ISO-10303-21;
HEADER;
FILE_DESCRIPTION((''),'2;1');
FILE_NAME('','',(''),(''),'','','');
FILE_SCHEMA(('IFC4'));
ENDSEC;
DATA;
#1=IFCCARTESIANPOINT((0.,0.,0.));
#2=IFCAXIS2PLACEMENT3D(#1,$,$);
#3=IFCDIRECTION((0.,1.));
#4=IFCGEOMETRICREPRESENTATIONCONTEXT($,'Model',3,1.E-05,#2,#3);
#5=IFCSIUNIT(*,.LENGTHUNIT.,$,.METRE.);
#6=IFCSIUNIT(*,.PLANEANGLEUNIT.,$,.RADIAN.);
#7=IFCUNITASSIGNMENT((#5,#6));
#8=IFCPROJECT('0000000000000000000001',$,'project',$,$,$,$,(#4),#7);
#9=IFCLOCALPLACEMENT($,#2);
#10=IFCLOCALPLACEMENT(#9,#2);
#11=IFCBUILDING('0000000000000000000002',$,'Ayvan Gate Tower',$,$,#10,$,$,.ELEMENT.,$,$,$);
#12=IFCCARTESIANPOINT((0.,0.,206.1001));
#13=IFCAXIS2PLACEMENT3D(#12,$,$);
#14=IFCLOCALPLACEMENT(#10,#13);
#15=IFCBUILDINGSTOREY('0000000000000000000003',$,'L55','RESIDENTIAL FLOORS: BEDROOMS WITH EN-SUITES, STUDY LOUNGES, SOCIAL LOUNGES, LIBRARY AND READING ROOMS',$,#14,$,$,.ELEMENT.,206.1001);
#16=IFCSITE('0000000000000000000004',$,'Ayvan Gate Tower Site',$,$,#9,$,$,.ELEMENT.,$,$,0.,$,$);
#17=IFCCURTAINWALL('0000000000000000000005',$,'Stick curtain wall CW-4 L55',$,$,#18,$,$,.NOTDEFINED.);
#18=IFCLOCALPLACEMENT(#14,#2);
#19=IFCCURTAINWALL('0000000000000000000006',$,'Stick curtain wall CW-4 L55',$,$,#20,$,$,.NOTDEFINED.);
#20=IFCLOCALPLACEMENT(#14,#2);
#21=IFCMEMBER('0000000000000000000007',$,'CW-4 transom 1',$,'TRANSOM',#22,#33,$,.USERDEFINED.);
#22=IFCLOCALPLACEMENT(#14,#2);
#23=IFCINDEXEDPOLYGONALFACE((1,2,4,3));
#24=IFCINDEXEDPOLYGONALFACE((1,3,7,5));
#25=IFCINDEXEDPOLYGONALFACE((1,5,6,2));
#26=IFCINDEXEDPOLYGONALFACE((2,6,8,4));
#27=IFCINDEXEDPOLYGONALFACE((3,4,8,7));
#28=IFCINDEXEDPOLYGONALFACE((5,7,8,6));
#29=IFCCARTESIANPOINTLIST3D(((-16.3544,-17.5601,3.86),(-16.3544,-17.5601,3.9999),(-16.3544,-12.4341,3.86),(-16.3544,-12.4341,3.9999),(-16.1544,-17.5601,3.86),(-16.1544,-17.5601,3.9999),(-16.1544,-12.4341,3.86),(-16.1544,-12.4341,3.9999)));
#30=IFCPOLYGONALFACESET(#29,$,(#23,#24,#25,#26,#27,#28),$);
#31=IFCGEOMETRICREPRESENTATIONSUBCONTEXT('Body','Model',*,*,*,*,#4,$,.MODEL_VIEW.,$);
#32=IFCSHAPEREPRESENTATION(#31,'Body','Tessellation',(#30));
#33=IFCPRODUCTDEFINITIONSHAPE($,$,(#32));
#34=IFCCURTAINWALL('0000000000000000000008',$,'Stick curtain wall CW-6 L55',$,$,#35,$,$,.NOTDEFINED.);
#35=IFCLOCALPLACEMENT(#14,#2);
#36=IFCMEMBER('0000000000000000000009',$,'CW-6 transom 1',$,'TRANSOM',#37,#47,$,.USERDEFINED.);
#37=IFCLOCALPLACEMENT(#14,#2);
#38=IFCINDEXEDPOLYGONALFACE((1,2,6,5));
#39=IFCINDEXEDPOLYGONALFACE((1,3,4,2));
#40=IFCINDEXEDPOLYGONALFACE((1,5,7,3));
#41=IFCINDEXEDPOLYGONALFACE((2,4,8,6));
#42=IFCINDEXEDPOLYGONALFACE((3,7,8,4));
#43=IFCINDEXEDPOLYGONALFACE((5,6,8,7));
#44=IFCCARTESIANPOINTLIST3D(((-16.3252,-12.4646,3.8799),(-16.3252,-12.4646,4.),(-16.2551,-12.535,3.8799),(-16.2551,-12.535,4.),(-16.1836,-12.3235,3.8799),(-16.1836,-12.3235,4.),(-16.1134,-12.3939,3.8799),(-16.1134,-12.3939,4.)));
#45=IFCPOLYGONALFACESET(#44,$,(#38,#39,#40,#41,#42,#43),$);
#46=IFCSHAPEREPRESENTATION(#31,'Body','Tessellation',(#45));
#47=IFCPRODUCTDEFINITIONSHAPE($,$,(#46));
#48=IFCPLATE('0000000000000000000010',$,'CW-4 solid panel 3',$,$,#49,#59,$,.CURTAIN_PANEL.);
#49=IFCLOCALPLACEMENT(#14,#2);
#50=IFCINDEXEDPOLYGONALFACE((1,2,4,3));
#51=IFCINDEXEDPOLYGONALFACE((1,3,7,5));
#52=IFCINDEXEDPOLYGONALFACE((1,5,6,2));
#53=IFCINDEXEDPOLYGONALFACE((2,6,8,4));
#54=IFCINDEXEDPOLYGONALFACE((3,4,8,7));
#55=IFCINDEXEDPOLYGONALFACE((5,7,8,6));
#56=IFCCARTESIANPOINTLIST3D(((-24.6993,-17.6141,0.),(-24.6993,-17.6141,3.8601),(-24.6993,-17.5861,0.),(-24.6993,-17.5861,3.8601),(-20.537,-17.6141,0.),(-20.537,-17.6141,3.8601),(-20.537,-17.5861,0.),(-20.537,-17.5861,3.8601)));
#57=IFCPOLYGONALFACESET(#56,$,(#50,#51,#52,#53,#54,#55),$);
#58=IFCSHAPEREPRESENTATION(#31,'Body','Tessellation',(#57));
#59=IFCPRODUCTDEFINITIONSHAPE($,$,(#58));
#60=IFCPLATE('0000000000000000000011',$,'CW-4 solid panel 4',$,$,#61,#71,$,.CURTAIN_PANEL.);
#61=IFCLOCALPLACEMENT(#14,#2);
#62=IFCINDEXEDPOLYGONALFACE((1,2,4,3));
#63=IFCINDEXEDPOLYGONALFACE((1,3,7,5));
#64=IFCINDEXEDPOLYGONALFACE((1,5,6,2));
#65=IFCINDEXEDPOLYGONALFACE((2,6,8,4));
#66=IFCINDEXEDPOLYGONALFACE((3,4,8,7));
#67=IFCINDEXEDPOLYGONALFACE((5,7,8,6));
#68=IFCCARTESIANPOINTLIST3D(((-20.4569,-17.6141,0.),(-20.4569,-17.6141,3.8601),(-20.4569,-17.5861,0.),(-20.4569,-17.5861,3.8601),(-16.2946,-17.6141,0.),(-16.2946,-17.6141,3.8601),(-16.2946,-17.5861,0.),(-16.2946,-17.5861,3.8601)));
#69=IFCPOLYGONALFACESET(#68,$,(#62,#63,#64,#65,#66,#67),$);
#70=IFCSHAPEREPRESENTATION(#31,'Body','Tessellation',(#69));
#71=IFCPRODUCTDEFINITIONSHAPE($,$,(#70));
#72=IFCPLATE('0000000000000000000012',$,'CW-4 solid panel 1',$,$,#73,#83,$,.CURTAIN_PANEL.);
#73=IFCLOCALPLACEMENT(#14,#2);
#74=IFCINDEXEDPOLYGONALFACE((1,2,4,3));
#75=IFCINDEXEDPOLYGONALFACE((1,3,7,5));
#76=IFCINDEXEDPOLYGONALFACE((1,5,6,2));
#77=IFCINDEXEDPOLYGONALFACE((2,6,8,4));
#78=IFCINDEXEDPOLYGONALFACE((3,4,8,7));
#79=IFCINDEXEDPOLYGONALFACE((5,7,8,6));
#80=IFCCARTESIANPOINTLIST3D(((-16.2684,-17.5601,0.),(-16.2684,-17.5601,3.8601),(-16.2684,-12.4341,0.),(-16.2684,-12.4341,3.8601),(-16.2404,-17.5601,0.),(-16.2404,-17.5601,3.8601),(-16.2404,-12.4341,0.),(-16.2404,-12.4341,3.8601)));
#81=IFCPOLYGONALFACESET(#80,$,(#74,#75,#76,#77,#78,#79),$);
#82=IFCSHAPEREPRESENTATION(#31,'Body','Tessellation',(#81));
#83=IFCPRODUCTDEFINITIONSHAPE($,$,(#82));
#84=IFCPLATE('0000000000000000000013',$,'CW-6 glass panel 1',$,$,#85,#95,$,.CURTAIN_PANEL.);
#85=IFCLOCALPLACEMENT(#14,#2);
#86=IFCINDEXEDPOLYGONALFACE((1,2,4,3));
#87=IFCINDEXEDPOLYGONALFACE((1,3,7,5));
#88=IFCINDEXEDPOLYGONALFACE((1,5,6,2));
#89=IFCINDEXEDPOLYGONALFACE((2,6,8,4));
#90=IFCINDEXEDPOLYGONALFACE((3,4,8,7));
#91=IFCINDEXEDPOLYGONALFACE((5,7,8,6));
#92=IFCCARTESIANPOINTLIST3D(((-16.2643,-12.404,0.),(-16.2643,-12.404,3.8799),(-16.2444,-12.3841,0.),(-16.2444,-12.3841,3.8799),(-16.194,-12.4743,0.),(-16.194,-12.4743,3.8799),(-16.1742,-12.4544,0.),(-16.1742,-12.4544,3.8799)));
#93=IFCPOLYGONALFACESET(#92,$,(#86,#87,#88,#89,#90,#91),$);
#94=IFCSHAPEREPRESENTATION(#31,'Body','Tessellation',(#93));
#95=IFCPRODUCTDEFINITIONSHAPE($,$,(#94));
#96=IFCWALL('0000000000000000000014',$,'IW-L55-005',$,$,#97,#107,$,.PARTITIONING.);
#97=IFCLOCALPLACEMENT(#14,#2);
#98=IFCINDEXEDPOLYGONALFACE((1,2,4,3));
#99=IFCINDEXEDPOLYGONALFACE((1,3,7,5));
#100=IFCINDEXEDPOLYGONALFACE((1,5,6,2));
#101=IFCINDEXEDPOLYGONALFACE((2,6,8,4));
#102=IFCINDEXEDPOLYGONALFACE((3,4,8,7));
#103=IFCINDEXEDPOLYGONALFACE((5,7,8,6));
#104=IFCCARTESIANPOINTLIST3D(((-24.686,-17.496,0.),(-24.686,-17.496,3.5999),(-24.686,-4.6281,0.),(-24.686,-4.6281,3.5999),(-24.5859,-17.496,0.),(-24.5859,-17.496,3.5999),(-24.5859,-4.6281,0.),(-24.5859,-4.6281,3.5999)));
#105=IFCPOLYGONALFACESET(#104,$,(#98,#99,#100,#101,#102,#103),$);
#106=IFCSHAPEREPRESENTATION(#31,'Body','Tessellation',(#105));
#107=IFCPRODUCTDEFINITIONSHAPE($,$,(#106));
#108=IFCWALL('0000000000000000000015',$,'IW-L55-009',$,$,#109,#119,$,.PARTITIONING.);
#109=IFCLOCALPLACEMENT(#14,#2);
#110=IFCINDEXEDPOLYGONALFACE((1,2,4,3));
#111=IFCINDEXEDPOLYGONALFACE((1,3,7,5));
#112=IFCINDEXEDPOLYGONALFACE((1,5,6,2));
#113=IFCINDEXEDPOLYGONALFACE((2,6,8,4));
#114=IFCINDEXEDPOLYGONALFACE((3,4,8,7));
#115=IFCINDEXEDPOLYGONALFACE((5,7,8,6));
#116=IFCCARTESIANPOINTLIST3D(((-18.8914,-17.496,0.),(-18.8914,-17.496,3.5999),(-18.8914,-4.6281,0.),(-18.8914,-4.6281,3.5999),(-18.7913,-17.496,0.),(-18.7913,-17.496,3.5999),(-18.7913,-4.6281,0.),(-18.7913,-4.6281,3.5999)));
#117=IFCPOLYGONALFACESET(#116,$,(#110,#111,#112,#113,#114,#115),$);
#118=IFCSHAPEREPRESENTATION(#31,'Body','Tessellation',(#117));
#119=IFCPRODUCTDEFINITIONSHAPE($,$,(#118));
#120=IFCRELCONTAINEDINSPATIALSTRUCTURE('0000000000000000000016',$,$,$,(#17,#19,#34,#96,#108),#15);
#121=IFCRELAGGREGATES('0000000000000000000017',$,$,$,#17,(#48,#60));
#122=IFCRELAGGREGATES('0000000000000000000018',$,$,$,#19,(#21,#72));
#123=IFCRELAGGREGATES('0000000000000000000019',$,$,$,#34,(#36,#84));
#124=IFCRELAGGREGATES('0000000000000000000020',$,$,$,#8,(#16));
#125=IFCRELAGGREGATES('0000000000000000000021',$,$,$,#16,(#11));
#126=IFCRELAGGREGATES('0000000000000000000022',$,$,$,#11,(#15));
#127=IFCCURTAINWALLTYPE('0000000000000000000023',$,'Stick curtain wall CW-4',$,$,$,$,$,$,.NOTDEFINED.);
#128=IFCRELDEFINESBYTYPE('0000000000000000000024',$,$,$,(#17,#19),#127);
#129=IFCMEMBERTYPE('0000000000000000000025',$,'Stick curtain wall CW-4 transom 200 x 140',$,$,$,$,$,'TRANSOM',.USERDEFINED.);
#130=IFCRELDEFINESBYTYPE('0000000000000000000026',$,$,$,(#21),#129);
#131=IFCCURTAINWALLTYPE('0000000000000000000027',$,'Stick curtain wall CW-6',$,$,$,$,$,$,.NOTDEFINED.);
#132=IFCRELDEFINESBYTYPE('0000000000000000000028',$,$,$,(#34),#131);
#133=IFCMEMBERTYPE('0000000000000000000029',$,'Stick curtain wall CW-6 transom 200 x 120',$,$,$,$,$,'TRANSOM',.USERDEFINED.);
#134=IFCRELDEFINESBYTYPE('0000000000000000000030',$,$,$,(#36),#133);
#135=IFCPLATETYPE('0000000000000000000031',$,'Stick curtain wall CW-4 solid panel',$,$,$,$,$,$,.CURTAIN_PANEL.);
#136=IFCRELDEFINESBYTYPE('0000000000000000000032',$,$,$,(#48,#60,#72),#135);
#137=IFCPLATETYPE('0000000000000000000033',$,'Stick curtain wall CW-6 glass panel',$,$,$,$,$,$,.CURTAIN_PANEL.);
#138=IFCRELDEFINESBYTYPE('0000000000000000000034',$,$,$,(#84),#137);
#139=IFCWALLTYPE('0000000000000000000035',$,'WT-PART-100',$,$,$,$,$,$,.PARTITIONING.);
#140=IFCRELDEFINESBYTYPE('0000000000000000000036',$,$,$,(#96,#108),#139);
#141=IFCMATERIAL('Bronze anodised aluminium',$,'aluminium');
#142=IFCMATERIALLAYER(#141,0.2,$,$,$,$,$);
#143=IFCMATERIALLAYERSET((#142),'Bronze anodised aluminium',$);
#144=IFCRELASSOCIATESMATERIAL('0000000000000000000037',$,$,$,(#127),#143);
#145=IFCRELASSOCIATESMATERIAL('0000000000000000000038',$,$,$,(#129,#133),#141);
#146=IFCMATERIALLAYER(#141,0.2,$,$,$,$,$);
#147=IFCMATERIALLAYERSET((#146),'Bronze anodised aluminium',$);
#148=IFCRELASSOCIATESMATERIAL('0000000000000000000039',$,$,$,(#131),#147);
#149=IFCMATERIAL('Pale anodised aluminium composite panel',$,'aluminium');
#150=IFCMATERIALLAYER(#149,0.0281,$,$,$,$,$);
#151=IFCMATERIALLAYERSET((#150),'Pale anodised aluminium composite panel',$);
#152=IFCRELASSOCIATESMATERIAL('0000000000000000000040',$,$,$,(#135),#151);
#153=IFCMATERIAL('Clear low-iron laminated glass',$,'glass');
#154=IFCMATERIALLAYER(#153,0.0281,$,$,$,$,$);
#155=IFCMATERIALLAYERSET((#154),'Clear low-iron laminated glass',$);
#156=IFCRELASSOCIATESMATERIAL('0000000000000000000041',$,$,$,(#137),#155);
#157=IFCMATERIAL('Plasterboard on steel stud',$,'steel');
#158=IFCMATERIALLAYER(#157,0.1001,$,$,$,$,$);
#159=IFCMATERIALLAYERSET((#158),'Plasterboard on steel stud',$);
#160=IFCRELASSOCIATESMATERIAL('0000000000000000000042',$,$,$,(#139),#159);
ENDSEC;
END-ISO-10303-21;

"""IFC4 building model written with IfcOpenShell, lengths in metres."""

from ifc_helpers import new_model, si_unit, direction, frame, frame_2d, origin, origin_2d, place, context, subcontext, project, spatial, rectangle, extrude, material, layer, layer_set, material_profile, profile_set, type_object, element, aggregate, save


model = new_model("IFC4")

# Units and contexts
model_context = context("Model", 3, precision=1e-05, world=origin(), true_north=direction((0.0, 1.0)))
body_context = subcontext(model_context, "Body", "Model", "MODEL_VIEW")
ifc_project = project(units=[si_unit("LENGTHUNIT", "METRE"), si_unit("PLANEANGLEUNIT", "RADIAN")], contexts=[model_context])

# Site, building, storey
site_placement = place(None, origin())
site = spatial("IfcSite", under=ifc_project, at=site_placement, Name="Ayvan Gate Tower Site", CompositionType="ELEMENT", RefElevation=0.0)
building_placement = place(site_placement, origin())
building = spatial("IfcBuilding", under=site, at=building_placement, Name="Ayvan Gate Tower", CompositionType="ELEMENT")
storey_placement = place(building_placement, frame((0.0, 0.0, 206.1001)))
storey = spatial("IfcBuildingStorey", under=building, at=storey_placement, Name="L55", Description="RESIDENTIAL FLOORS: BEDROOMS WITH EN-SUITES, STUDY LOUNGES, SOCIAL LOUNGES, LIBRARY AND READING ROOMS", CompositionType="ELEMENT", Elevation=206.1001)

# Curtain walls, member
ifc_material_1 = material(Name="Bronze anodised aluminium", Category="aluminium")
ifc_layer_1 = layer(ifc_material_1, 0.2)
ifc_layer_set_1 = layer_set([ifc_layer_1], Name="Bronze anodised aluminium")
curtain_wall_type_1 = type_object("IfcCurtainWallType", Name="Stick curtain wall CW-4", PredefinedType="NOTDEFINED", material=ifc_layer_set_1)
curtain_wall_1_placement = place(storey_placement, origin())
curtain_wall_1 = element("IfcCurtainWall", 1, at=curtain_wall_1_placement, inside=storey, type_object=curtain_wall_type_1, Name="Stick curtain wall CW-4 L55", PredefinedType="NOTDEFINED")
curtain_wall_2_placement = place(storey_placement, origin())
curtain_wall_2 = element("IfcCurtainWall", 2, at=curtain_wall_2_placement, inside=storey, type_object=curtain_wall_type_1, Name="Stick curtain wall CW-4 L55", PredefinedType="NOTDEFINED")
ifc_material_profile_1 = material_profile(ifc_material_1, rectangle(XDim=0.2, YDim=0.1399, at=origin_2d()), Name="Stick curtain wall CW-4 transom 200 x 140")
ifc_profile_set_1 = profile_set([ifc_material_profile_1], Name="Bronze anodised aluminium")
member_type_1 = type_object("IfcMemberType", Name="Stick curtain wall CW-4 transom 200 x 140", ElementType="TRANSOM", PredefinedType="USERDEFINED", material=ifc_profile_set_1)
member_1_placement = place(storey_placement, frame((-16.2544, -17.5601, 3.9299), z_axis=(0.0, 1.0, 0.0), x_axis=(-1.0, 0.0, 0.0)))
member_1 = element("IfcMember", 3, at=member_1_placement, type_object=member_type_1, Name="CW-4 transom 1", ObjectType="TRANSOM", PredefinedType="USERDEFINED", context=body_context, shape_type="SweptSolid", body=[
    extrude(rectangle(XDim=0.2, YDim=0.1399, at=origin_2d()), origin(), (0.0, 0.0, 1.0), 5.126),
])

# Curtain wall, member
ifc_layer_2 = layer(ifc_material_1, 0.2)
ifc_layer_set_2 = layer_set([ifc_layer_2], Name="Bronze anodised aluminium")
curtain_wall_type_2 = type_object("IfcCurtainWallType", Name="Stick curtain wall CW-6", PredefinedType="NOTDEFINED", material=ifc_layer_set_2)
curtain_wall_3_placement = place(storey_placement, origin())
curtain_wall_3 = element("IfcCurtainWall", 4, at=curtain_wall_3_placement, inside=storey, type_object=curtain_wall_type_2, Name="Stick curtain wall CW-6 L55", PredefinedType="NOTDEFINED")
ifc_material_profile_2 = material_profile(ifc_material_1, rectangle(XDim=0.2, YDim=0.1201, at=origin_2d()), Name="Stick curtain wall CW-6 transom 200 x 120")
ifc_profile_set_2 = profile_set([ifc_material_profile_2], Name="Bronze anodised aluminium")
member_type_2 = type_object("IfcMemberType", Name="Stick curtain wall CW-6 transom 200 x 120", ElementType="TRANSOM", PredefinedType="USERDEFINED", material=ifc_profile_set_2)
member_2_placement = place(storey_placement, frame((-16.2544, -12.394, 3.9399), z_axis=(0.705876, -0.708335, 0.0), x_axis=(0.708335, 0.705876, 0.0)))
member_2 = element("IfcMember", 5, at=member_2_placement, type_object=member_type_2, Name="CW-6 transom 1", ObjectType="TRANSOM", PredefinedType="USERDEFINED", context=body_context, shape_type="SweptSolid", body=[
    extrude(rectangle(XDim=0.2, YDim=0.1201, at=origin_2d()), origin(), (0.0, 0.0, 1.0), 0.0994),
])

# Plates
ifc_material_2 = material(Name="Pale anodised aluminium composite panel", Category="aluminium")
ifc_layer_3 = layer(ifc_material_2, 0.0281)
ifc_layer_set_3 = layer_set([ifc_layer_3], Name="Pale anodised aluminium composite panel")
plate_type_1 = type_object("IfcPlateType", Name="Stick curtain wall CW-4 solid panel", PredefinedType="CURTAIN_PANEL", material=ifc_layer_set_3)
plate_1_placement = place(storey_placement, frame((-22.6182, -17.6001, 0.0), z_axis=(0.0, 0.0, 1.0), x_axis=(1.0, 0.0, 0.0)))
plate_1 = element("IfcPlate", 6, at=plate_1_placement, type_object=plate_type_1, Name="CW-4 solid panel 3", PredefinedType="CURTAIN_PANEL", context=body_context, shape_type="SweptSolid", body=[
    extrude(rectangle(XDim=4.1624, YDim=0.0281, at=origin_2d()), origin(), (0.0, 0.0, 1.0), 3.8601),
])
plate_2_placement = place(storey_placement, frame((-18.3757, -17.6001, 0.0), z_axis=(0.0, 0.0, 1.0), x_axis=(1.0, 0.0, 0.0)))
plate_2 = element("IfcPlate", 7, at=plate_2_placement, type_object=plate_type_1, Name="CW-4 solid panel 4", PredefinedType="CURTAIN_PANEL", context=body_context, shape_type="SweptSolid", body=[
    extrude(rectangle(XDim=4.1624, YDim=0.0281, at=origin_2d()), origin(), (0.0, 0.0, 1.0), 3.8601),
])
aggregate(curtain_wall_1, [plate_1, plate_2])
plate_3_placement = place(storey_placement, frame((-16.2544, -14.9971, 0.0), z_axis=(0.0, 0.0, 1.0), x_axis=(0.0, 1.0, 0.0)))
plate_3 = element("IfcPlate", 8, at=plate_3_placement, type_object=plate_type_1, Name="CW-4 solid panel 1", PredefinedType="CURTAIN_PANEL", context=body_context, shape_type="SweptSolid", body=[
    extrude(rectangle(XDim=5.126, YDim=0.0281, at=origin_2d()), origin(), (0.0, 0.0, 1.0), 3.8601),
])
aggregate(curtain_wall_2, [member_1, plate_3])
ifc_material_3 = material(Name="Clear low-iron laminated glass", Category="glass")
ifc_layer_4 = layer(ifc_material_3, 0.0281)
ifc_layer_set_4 = layer_set([ifc_layer_4], Name="Clear low-iron laminated glass")
plate_type_2 = type_object("IfcPlateType", Name="Stick curtain wall CW-6 glass panel", PredefinedType="CURTAIN_PANEL", material=ifc_layer_set_4)
plate_4_placement = place(storey_placement, frame((-16.2192, -12.4292, 0.0), z_axis=(0.0, 0.0, 1.0), x_axis=(0.707107, -0.707107, 0.0)))
plate_4 = element("IfcPlate", 9, at=plate_4_placement, type_object=plate_type_2, Name="CW-6 glass panel 1", PredefinedType="CURTAIN_PANEL", context=body_context, shape_type="SweptSolid", body=[
    extrude(rectangle(XDim=0.0994, YDim=0.0281, at=origin_2d()), origin(), (0.0, 0.0, 1.0), 3.8799),
])
aggregate(curtain_wall_3, [member_2, plate_4])

# Walls
ifc_material_4 = material(Name="Plasterboard on steel stud", Category="steel")
ifc_layer_5 = layer(ifc_material_4, 0.1001)
ifc_layer_set_5 = layer_set([ifc_layer_5], Name="Plasterboard on steel stud")
wall_type = type_object("IfcWallType", Name="WT-PART-100", PredefinedType="PARTITIONING", material=ifc_layer_set_5)
for number, where, z_axis, x_axis, name in (
    (10, (-24.636, -17.4961, 0.0), (0.0, 0.0, 1.0), (0.0, 1.0, 0.0), "IW-L55-005"),
    (11, (-18.8413, -17.4961, 0.0), (0.0, 0.0, 1.0), (0.0, 1.0, 0.0), "IW-L55-009"),
):
    element("IfcWall", number, at=place(storey_placement, frame(where, z_axis=z_axis, x_axis=x_axis)), inside=storey, type_object=wall_type, Name=name, PredefinedType="PARTITIONING", context=body_context, shape_type="SweptSolid", body=[
        extrude(rectangle(XDim=12.8679, YDim=0.1001, at=frame_2d((6.4341, 0.0))), origin(), (0.0, 0.0, 1.0), 3.5999),
    ])

save(model, "model.ifc")
